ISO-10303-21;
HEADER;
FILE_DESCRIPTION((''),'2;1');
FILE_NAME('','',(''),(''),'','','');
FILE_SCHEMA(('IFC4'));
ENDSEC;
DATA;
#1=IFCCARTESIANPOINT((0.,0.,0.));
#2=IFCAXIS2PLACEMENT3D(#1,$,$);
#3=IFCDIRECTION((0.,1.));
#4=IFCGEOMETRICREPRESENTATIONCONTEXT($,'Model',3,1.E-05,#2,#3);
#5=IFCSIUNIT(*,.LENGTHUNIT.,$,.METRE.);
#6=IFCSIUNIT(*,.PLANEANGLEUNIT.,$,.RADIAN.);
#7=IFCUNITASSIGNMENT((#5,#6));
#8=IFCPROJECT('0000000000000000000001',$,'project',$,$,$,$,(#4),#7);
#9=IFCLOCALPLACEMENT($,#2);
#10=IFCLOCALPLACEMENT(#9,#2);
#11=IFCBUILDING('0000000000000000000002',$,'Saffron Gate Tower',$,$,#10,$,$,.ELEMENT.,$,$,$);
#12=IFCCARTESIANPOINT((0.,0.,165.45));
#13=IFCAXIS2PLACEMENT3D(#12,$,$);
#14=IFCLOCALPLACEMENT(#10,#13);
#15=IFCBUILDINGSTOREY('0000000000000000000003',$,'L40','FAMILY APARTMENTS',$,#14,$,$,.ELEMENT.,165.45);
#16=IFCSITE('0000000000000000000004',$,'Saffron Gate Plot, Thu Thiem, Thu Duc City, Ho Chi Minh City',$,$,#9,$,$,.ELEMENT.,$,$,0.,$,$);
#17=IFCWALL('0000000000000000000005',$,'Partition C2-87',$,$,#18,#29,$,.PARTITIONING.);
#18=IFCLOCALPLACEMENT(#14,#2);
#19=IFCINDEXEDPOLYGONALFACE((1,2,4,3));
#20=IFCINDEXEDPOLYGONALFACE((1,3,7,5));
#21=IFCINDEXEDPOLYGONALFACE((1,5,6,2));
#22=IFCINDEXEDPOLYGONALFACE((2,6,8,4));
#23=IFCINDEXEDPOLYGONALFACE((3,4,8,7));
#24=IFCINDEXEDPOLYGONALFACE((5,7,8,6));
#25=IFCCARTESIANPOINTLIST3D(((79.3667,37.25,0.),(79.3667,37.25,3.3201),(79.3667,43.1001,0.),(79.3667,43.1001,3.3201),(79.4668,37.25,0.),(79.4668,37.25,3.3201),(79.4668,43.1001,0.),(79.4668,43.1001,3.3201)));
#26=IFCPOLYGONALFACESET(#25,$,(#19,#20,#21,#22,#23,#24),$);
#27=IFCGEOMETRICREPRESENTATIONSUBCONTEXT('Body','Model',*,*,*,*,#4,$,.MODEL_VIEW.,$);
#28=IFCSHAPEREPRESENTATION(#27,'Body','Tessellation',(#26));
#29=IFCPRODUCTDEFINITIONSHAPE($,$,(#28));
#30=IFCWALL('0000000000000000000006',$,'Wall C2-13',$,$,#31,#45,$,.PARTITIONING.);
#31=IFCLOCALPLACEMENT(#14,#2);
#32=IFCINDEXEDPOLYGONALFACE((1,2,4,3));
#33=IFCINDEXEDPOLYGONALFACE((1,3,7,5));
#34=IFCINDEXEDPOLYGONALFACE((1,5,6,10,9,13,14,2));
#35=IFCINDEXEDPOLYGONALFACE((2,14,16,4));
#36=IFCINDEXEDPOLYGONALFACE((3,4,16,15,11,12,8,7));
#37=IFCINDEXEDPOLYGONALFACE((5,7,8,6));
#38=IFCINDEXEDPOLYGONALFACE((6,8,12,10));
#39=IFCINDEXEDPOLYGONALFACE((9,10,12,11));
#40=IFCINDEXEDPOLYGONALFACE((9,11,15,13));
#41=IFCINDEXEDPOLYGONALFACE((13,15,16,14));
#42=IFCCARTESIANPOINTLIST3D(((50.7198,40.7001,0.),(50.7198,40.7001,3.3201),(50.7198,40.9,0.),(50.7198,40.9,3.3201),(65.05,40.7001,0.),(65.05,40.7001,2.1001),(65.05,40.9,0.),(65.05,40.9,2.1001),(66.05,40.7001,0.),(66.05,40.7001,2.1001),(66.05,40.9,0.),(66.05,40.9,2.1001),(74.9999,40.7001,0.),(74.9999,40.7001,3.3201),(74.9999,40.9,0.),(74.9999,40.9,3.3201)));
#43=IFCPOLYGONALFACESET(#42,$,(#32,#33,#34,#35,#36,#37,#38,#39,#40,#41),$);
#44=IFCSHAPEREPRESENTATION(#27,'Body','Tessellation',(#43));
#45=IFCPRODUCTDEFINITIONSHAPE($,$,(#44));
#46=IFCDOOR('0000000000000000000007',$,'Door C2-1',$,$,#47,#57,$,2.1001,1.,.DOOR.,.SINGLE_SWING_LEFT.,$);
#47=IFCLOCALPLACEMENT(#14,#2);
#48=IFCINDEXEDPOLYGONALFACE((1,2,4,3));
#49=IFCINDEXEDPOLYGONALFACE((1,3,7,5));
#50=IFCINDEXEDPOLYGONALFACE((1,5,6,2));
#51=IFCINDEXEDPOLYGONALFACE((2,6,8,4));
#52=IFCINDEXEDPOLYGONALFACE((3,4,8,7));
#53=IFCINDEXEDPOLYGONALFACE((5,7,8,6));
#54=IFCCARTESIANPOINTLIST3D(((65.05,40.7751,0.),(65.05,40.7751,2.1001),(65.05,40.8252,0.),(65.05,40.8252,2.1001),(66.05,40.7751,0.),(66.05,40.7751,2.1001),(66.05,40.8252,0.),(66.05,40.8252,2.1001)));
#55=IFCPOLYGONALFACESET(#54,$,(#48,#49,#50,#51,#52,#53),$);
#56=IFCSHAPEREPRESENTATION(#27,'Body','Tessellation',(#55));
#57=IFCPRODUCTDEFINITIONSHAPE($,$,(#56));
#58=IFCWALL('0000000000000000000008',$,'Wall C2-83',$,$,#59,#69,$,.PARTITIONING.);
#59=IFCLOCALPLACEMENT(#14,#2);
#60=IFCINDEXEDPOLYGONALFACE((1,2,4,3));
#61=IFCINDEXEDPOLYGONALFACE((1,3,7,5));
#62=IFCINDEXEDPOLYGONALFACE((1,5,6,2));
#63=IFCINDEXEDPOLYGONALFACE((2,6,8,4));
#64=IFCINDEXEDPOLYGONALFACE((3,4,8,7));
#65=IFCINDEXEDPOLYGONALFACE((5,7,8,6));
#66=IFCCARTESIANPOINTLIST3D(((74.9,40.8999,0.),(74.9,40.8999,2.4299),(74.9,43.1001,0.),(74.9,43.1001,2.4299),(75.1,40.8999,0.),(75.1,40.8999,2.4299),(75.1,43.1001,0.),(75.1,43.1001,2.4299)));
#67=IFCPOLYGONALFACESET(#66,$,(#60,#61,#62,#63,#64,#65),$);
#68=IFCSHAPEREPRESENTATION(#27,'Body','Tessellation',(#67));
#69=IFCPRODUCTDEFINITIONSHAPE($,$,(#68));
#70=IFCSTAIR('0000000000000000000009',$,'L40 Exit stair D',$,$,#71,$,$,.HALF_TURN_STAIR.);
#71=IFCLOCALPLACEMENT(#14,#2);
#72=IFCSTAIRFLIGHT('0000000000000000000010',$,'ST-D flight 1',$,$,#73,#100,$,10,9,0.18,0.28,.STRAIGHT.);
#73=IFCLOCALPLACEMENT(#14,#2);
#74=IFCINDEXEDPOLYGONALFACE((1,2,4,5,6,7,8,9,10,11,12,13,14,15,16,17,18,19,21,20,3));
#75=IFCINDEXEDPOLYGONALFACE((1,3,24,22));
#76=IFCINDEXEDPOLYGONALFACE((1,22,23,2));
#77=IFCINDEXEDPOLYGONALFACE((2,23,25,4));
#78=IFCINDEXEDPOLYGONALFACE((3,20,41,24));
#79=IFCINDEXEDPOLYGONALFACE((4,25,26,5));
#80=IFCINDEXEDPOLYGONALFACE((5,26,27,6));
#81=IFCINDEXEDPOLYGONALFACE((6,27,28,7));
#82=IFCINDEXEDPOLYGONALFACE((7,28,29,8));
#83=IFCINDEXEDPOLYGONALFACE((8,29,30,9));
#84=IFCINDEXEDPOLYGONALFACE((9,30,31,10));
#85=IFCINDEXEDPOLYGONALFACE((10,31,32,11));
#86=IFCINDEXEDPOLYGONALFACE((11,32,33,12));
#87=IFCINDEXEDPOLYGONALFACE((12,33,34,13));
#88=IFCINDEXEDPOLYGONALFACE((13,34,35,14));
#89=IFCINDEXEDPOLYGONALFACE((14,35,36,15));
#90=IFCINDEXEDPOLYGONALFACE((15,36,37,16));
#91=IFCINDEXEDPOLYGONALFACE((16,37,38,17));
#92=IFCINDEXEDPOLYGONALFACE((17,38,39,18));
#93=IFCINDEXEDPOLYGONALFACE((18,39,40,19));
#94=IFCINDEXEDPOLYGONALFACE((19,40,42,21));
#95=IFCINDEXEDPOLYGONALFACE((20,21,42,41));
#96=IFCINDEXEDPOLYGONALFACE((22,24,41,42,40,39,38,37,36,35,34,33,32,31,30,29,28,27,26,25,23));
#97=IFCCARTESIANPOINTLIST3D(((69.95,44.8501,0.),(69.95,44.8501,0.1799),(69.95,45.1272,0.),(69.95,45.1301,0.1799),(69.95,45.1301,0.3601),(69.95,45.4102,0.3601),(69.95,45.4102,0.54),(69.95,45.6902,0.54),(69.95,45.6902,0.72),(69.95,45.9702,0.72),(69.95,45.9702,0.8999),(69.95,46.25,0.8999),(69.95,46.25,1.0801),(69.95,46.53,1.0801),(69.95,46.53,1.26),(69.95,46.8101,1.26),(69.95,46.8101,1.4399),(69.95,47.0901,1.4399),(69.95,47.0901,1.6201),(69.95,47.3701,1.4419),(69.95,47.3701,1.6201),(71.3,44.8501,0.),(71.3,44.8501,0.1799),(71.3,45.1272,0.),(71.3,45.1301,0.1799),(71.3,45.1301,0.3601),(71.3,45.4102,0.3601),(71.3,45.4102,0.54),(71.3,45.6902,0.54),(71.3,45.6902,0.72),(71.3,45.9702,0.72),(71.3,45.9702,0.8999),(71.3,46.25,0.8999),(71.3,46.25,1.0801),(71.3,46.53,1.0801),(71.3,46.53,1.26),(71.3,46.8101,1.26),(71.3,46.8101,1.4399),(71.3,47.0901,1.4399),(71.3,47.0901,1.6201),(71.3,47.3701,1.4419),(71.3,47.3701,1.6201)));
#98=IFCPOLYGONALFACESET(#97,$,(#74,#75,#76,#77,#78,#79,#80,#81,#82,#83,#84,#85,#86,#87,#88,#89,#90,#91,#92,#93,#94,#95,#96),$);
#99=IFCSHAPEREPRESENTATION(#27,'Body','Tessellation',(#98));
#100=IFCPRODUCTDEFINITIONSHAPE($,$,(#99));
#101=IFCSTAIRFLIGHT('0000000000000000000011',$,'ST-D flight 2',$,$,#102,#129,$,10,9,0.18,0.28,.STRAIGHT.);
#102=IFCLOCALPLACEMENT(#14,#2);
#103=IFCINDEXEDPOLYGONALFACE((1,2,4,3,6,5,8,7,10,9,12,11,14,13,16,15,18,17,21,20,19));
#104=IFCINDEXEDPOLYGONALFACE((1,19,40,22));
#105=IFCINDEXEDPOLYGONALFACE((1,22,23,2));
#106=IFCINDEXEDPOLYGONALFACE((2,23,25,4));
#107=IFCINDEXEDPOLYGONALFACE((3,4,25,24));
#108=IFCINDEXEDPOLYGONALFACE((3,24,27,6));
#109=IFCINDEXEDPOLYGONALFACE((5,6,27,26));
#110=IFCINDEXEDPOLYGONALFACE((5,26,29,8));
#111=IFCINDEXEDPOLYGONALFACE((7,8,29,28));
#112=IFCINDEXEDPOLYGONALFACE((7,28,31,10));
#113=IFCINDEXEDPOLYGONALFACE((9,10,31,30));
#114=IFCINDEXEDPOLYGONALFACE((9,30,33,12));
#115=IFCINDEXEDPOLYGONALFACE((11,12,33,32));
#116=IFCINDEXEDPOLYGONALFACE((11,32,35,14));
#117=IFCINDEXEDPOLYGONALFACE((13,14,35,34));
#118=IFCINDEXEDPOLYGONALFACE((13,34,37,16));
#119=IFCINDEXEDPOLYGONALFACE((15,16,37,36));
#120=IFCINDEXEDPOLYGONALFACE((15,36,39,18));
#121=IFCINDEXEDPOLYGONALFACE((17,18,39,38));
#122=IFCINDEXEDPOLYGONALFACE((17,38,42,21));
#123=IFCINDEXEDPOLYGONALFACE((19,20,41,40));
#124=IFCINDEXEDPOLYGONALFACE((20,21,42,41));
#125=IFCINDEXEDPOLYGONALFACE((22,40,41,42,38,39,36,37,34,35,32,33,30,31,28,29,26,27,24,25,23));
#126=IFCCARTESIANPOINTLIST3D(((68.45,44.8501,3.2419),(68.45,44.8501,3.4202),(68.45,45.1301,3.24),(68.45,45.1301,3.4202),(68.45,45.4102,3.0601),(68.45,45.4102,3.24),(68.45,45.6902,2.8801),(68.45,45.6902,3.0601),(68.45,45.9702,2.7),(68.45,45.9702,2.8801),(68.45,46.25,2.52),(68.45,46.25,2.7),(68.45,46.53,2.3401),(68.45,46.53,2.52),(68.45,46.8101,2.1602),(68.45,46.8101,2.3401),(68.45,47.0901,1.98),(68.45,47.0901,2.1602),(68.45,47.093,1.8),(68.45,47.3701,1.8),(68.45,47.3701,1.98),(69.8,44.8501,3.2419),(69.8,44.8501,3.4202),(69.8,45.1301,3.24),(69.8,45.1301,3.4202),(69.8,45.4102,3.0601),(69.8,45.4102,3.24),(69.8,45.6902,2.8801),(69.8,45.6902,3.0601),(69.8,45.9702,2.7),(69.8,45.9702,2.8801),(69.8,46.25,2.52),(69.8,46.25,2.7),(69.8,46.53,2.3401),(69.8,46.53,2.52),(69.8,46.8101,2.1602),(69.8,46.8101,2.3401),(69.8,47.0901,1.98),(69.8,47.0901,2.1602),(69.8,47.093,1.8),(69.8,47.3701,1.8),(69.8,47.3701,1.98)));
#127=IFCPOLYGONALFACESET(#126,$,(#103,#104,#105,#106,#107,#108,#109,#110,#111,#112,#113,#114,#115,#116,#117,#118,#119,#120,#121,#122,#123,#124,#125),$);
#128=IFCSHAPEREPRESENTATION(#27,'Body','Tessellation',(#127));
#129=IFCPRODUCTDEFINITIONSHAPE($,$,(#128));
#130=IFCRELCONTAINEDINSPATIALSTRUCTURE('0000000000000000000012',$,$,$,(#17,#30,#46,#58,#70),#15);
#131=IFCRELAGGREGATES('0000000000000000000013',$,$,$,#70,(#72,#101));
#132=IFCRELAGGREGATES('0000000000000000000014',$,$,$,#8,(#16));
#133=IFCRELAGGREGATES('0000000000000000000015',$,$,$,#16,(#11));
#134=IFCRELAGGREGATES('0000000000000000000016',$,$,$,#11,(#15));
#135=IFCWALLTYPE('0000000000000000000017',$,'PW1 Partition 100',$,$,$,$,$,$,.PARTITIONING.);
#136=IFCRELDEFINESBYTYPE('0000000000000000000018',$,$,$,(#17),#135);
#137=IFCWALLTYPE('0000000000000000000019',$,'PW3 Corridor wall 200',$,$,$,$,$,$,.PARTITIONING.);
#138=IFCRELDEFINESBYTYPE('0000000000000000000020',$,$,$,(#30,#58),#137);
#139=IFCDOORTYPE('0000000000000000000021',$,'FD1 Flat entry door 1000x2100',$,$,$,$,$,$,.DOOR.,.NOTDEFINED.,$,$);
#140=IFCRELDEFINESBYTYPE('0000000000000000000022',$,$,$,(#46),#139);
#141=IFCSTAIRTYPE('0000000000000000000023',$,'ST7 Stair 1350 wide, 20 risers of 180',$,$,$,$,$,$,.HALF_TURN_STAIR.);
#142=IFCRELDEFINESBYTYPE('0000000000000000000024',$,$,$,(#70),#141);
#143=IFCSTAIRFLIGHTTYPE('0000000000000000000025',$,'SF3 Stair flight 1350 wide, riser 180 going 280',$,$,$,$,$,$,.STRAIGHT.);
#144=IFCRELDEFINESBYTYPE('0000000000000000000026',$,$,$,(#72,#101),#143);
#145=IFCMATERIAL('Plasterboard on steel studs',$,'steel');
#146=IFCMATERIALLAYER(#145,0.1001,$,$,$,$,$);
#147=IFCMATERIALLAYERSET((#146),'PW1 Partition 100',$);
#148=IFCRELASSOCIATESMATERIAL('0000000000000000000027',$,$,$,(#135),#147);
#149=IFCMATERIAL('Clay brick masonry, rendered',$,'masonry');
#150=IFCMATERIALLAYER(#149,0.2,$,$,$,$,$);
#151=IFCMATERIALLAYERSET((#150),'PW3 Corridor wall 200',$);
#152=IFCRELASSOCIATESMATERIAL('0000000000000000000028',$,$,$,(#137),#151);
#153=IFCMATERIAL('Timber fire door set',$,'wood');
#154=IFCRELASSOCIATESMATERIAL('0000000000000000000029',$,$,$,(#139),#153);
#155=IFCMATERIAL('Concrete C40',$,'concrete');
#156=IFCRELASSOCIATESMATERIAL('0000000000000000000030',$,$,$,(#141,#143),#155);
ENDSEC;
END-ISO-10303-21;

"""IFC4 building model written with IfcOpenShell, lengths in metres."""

from ifc_helpers import new_model, si_unit, direction, frame, frame_2d, origin, place, context, subcontext, project, spatial, polyline, rectangle, outline, extrude, material, layer, layer_set, type_object, element, fill, aggregate, save


model = new_model("IFC4")

# Units and contexts
model_context = context("Model", 3, precision=1e-05, world=origin(), true_north=direction((0.0, 1.0)))
body_context = subcontext(model_context, "Body", "Model", "MODEL_VIEW")
ifc_project = project(units=[si_unit("LENGTHUNIT", "METRE"), si_unit("PLANEANGLEUNIT", "RADIAN")], contexts=[model_context])

# Site, building, storey
site_placement = place(None, origin())
site = spatial("IfcSite", under=ifc_project, at=site_placement, Name="Saffron Gate Plot, Thu Thiem, Thu Duc City, Ho Chi Minh City", CompositionType="ELEMENT", RefElevation=0.0)
building_placement = place(site_placement, origin())
building = spatial("IfcBuilding", under=site, at=building_placement, Name="Saffron Gate Tower", CompositionType="ELEMENT")
storey_placement = place(building_placement, frame((0.0, 0.0, 165.45)))
storey = spatial("IfcBuildingStorey", under=building, at=storey_placement, Name="L40", Description="FAMILY APARTMENTS", CompositionType="ELEMENT", Elevation=165.45)

# Wall
ifc_material_1 = material(Name="Plasterboard on steel studs", Category="steel")
ifc_layer_1 = layer(ifc_material_1, 0.1001)
ifc_layer_set_1 = layer_set([ifc_layer_1], Name="PW1 Partition 100")
wall_type_1 = type_object("IfcWallType", Name="PW1 Partition 100", PredefinedType="PARTITIONING", material=ifc_layer_set_1)
wall_1_placement = place(storey_placement, frame((79.4167, 43.1001, 0.0), z_axis=(0.0, 0.0, 1.0), x_axis=(0.0, -1.0, 0.0)))
element("IfcWall", 1, at=wall_1_placement, inside=storey, type_object=wall_type_1, Name="Partition C2-87", PredefinedType="PARTITIONING", context=body_context, shape_type="SweptSolid", body=[
    extrude(rectangle(XDim=5.8501, YDim=0.1001, at=frame_2d((2.925, 0.0))), origin(), (0.0, 0.0, 1.0), 3.3201),
])

# Wall, opening, door
ifc_material_2 = material(Name="Clay brick masonry, rendered", Category="masonry")
ifc_layer_2 = layer(ifc_material_2, 0.2)
ifc_layer_set_2 = layer_set([ifc_layer_2], Name="PW3 Corridor wall 200")
wall_type_2 = type_object("IfcWallType", Name="PW3 Corridor wall 200", PredefinedType="PARTITIONING", material=ifc_layer_set_2)
wall_2_placement = place(storey_placement, frame((75.0, 40.8, 0.0), z_axis=(0.0, 0.0, 1.0), x_axis=(-1.0, 0.0, 0.0)))
wall_2 = element("IfcWall", 2, at=wall_2_placement, inside=storey, type_object=wall_type_2, Name="Wall C2-13", PredefinedType="PARTITIONING", context=body_context, shape_type="SweptSolid", body=[
    extrude(rectangle(XDim=24.28, YDim=0.2, at=frame_2d((12.1401, 0.0))), origin(), (0.0, 0.0, 1.0), 3.3201),
])
opening_1_placement = place(wall_2_placement, frame((8.95, 0.0, 0.0)))
opening_1 = element("IfcOpeningElement", 3, at=opening_1_placement, cuts=wall_2, PredefinedType="OPENING", context=body_context, shape_type="SweptSolid", body=[
    extrude(rectangle(XDim=1.0, YDim=2.1001, at=frame_2d((0.5, 1.05))), frame((0.0, 0.1099, 0.0), z_axis=(0.0, -1.0, 0.0), x_axis=(1.0, 0.0, 0.0)), (0.0, 0.0, 1.0), 0.22),
])
ifc_material_3 = material(Name="Timber fire door set", Category="wood")
door_type_1 = type_object("IfcDoorType", Name="FD1 Flat entry door 1000x2100", OperationType="NOTDEFINED", PredefinedType="DOOR", material=ifc_material_3)
door_1_placement = place(opening_1_placement, origin())
door_1 = element("IfcDoor", 4, at=door_1_placement, inside=storey, type_object=door_type_1, Name="Door C2-1", OperationType="SINGLE_SWING_LEFT", OverallHeight=2.1001, OverallWidth=1.0, PredefinedType="DOOR", context=body_context, shape_type="SweptSolid", body=[
    extrude(rectangle(XDim=1.0, YDim=2.1001, at=frame_2d((0.5, 1.05))), frame((0.0, 0.0249, 0.0), z_axis=(0.0, -1.0, 0.0), x_axis=(1.0, 0.0, 0.0)), (0.0, 0.0, 1.0), 0.05),
])
fill(opening_1, door_1)

# Wall
wall_3_placement = place(storey_placement, frame((75.0, 43.1001, 0.0), z_axis=(0.0, 0.0, 1.0), x_axis=(0.0, -1.0, 0.0)))
element("IfcWall", 5, at=wall_3_placement, inside=storey, type_object=wall_type_2, Name="Wall C2-83", PredefinedType="PARTITIONING", context=body_context, shape_type="SweptSolid", body=[
    extrude(rectangle(XDim=2.2002, YDim=0.2, at=frame_2d((1.1001, 0.0))), origin(), (0.0, 0.0, 1.0), 2.4299),
])

# Stair, stair flights
ifc_material_4 = material(Name="Concrete C40", Category="concrete")
stair_type = type_object("IfcStairType", Name="ST7 Stair 1350 wide, 20 risers of 180", PredefinedType="HALF_TURN_STAIR", material=ifc_material_4)
stair_placement = place(storey_placement, origin())
stair = element("IfcStair", 6, at=stair_placement, inside=storey, type_object=stair_type, Name="L40 Exit stair D", PredefinedType="HALF_TURN_STAIR")
stair_flight_type = type_object("IfcStairFlightType", Name="SF3 Stair flight 1350 wide, riser 180 going 280", PredefinedType="STRAIGHT", material=ifc_material_4)
stair_flight_1_placement = place(storey_placement, frame((70.625, 44.8501, 0.0), z_axis=(0.0, 0.0, 1.0), x_axis=(0.0, 1.0, 0.0)))
stair_flight_1 = element("IfcStairFlight", 7, at=stair_flight_1_placement, type_object=stair_flight_type, Name="ST-D flight 1", NumberOfRisers=10, NumberOfTreads=9, PredefinedType="STRAIGHT", RiserHeight=0.18, TreadLength=0.28, context=body_context, shape_type="SweptSolid", body=[
    extrude(outline(polyline([(0.0, 0.0), (0.0, 0.1799), (0.28, 0.1799), (0.28, 0.3601), (0.5601, 0.3601), (0.5601, 0.54), (0.8401, 0.54), (0.8401, 0.72), (1.1201, 0.72), (1.1201, 0.8999), (1.3999, 0.8999), (1.3999, 1.0801), (1.6799, 1.0801), (1.6799, 1.26), (1.96, 1.26), (1.96, 1.4399), (2.24, 1.4399), (2.24, 1.6201), (2.52, 1.6201), (2.52, 1.8), (2.52, 1.4419), (0.2771, 0.0), (0.0, 0.0)])), frame((0.0, 0.675, 0.0), z_axis=(0.0, -1.0, 0.0), x_axis=(1.0, 0.0, 0.0)), (0.0, 0.0, 1.0), 1.3501),
])
stair_flight_2_placement = place(storey_placement, frame((69.125, 47.3701, 1.8), z_axis=(0.0, 0.0, 1.0), x_axis=(0.0, -1.0, 0.0)))
stair_flight_2 = element("IfcStairFlight", 8, at=stair_flight_2_placement, type_object=stair_flight_type, Name="ST-D flight 2", NumberOfRisers=10, NumberOfTreads=9, PredefinedType="STRAIGHT", RiserHeight=0.18, TreadLength=0.28, context=body_context, shape_type="SweptSolid", body=[
    extrude(outline(polyline([(0.0, 0.0), (0.0, 0.1799), (0.28, 0.1799), (0.28, 0.3601), (0.5601, 0.3601), (0.5601, 0.54), (0.8401, 0.54), (0.8401, 0.72), (1.1201, 0.72), (1.1201, 0.8999), (1.3999, 0.8999), (1.3999, 1.0801), (1.6799, 1.0801), (1.6799, 1.26), (1.96, 1.26), (1.96, 1.4399), (2.24, 1.4399), (2.24, 1.6201), (2.52, 1.6201), (2.52, 1.8), (2.52, 1.4419), (0.2771, 0.0), (0.0, 0.0)])), frame((0.0, 0.675, 0.0), z_axis=(0.0, -1.0, 0.0), x_axis=(1.0, 0.0, 0.0)), (0.0, 0.0, 1.0), 1.3501),
])
aggregate(stair, [stair_flight_1, stair_flight_2])

save(model, "model.ifc")
